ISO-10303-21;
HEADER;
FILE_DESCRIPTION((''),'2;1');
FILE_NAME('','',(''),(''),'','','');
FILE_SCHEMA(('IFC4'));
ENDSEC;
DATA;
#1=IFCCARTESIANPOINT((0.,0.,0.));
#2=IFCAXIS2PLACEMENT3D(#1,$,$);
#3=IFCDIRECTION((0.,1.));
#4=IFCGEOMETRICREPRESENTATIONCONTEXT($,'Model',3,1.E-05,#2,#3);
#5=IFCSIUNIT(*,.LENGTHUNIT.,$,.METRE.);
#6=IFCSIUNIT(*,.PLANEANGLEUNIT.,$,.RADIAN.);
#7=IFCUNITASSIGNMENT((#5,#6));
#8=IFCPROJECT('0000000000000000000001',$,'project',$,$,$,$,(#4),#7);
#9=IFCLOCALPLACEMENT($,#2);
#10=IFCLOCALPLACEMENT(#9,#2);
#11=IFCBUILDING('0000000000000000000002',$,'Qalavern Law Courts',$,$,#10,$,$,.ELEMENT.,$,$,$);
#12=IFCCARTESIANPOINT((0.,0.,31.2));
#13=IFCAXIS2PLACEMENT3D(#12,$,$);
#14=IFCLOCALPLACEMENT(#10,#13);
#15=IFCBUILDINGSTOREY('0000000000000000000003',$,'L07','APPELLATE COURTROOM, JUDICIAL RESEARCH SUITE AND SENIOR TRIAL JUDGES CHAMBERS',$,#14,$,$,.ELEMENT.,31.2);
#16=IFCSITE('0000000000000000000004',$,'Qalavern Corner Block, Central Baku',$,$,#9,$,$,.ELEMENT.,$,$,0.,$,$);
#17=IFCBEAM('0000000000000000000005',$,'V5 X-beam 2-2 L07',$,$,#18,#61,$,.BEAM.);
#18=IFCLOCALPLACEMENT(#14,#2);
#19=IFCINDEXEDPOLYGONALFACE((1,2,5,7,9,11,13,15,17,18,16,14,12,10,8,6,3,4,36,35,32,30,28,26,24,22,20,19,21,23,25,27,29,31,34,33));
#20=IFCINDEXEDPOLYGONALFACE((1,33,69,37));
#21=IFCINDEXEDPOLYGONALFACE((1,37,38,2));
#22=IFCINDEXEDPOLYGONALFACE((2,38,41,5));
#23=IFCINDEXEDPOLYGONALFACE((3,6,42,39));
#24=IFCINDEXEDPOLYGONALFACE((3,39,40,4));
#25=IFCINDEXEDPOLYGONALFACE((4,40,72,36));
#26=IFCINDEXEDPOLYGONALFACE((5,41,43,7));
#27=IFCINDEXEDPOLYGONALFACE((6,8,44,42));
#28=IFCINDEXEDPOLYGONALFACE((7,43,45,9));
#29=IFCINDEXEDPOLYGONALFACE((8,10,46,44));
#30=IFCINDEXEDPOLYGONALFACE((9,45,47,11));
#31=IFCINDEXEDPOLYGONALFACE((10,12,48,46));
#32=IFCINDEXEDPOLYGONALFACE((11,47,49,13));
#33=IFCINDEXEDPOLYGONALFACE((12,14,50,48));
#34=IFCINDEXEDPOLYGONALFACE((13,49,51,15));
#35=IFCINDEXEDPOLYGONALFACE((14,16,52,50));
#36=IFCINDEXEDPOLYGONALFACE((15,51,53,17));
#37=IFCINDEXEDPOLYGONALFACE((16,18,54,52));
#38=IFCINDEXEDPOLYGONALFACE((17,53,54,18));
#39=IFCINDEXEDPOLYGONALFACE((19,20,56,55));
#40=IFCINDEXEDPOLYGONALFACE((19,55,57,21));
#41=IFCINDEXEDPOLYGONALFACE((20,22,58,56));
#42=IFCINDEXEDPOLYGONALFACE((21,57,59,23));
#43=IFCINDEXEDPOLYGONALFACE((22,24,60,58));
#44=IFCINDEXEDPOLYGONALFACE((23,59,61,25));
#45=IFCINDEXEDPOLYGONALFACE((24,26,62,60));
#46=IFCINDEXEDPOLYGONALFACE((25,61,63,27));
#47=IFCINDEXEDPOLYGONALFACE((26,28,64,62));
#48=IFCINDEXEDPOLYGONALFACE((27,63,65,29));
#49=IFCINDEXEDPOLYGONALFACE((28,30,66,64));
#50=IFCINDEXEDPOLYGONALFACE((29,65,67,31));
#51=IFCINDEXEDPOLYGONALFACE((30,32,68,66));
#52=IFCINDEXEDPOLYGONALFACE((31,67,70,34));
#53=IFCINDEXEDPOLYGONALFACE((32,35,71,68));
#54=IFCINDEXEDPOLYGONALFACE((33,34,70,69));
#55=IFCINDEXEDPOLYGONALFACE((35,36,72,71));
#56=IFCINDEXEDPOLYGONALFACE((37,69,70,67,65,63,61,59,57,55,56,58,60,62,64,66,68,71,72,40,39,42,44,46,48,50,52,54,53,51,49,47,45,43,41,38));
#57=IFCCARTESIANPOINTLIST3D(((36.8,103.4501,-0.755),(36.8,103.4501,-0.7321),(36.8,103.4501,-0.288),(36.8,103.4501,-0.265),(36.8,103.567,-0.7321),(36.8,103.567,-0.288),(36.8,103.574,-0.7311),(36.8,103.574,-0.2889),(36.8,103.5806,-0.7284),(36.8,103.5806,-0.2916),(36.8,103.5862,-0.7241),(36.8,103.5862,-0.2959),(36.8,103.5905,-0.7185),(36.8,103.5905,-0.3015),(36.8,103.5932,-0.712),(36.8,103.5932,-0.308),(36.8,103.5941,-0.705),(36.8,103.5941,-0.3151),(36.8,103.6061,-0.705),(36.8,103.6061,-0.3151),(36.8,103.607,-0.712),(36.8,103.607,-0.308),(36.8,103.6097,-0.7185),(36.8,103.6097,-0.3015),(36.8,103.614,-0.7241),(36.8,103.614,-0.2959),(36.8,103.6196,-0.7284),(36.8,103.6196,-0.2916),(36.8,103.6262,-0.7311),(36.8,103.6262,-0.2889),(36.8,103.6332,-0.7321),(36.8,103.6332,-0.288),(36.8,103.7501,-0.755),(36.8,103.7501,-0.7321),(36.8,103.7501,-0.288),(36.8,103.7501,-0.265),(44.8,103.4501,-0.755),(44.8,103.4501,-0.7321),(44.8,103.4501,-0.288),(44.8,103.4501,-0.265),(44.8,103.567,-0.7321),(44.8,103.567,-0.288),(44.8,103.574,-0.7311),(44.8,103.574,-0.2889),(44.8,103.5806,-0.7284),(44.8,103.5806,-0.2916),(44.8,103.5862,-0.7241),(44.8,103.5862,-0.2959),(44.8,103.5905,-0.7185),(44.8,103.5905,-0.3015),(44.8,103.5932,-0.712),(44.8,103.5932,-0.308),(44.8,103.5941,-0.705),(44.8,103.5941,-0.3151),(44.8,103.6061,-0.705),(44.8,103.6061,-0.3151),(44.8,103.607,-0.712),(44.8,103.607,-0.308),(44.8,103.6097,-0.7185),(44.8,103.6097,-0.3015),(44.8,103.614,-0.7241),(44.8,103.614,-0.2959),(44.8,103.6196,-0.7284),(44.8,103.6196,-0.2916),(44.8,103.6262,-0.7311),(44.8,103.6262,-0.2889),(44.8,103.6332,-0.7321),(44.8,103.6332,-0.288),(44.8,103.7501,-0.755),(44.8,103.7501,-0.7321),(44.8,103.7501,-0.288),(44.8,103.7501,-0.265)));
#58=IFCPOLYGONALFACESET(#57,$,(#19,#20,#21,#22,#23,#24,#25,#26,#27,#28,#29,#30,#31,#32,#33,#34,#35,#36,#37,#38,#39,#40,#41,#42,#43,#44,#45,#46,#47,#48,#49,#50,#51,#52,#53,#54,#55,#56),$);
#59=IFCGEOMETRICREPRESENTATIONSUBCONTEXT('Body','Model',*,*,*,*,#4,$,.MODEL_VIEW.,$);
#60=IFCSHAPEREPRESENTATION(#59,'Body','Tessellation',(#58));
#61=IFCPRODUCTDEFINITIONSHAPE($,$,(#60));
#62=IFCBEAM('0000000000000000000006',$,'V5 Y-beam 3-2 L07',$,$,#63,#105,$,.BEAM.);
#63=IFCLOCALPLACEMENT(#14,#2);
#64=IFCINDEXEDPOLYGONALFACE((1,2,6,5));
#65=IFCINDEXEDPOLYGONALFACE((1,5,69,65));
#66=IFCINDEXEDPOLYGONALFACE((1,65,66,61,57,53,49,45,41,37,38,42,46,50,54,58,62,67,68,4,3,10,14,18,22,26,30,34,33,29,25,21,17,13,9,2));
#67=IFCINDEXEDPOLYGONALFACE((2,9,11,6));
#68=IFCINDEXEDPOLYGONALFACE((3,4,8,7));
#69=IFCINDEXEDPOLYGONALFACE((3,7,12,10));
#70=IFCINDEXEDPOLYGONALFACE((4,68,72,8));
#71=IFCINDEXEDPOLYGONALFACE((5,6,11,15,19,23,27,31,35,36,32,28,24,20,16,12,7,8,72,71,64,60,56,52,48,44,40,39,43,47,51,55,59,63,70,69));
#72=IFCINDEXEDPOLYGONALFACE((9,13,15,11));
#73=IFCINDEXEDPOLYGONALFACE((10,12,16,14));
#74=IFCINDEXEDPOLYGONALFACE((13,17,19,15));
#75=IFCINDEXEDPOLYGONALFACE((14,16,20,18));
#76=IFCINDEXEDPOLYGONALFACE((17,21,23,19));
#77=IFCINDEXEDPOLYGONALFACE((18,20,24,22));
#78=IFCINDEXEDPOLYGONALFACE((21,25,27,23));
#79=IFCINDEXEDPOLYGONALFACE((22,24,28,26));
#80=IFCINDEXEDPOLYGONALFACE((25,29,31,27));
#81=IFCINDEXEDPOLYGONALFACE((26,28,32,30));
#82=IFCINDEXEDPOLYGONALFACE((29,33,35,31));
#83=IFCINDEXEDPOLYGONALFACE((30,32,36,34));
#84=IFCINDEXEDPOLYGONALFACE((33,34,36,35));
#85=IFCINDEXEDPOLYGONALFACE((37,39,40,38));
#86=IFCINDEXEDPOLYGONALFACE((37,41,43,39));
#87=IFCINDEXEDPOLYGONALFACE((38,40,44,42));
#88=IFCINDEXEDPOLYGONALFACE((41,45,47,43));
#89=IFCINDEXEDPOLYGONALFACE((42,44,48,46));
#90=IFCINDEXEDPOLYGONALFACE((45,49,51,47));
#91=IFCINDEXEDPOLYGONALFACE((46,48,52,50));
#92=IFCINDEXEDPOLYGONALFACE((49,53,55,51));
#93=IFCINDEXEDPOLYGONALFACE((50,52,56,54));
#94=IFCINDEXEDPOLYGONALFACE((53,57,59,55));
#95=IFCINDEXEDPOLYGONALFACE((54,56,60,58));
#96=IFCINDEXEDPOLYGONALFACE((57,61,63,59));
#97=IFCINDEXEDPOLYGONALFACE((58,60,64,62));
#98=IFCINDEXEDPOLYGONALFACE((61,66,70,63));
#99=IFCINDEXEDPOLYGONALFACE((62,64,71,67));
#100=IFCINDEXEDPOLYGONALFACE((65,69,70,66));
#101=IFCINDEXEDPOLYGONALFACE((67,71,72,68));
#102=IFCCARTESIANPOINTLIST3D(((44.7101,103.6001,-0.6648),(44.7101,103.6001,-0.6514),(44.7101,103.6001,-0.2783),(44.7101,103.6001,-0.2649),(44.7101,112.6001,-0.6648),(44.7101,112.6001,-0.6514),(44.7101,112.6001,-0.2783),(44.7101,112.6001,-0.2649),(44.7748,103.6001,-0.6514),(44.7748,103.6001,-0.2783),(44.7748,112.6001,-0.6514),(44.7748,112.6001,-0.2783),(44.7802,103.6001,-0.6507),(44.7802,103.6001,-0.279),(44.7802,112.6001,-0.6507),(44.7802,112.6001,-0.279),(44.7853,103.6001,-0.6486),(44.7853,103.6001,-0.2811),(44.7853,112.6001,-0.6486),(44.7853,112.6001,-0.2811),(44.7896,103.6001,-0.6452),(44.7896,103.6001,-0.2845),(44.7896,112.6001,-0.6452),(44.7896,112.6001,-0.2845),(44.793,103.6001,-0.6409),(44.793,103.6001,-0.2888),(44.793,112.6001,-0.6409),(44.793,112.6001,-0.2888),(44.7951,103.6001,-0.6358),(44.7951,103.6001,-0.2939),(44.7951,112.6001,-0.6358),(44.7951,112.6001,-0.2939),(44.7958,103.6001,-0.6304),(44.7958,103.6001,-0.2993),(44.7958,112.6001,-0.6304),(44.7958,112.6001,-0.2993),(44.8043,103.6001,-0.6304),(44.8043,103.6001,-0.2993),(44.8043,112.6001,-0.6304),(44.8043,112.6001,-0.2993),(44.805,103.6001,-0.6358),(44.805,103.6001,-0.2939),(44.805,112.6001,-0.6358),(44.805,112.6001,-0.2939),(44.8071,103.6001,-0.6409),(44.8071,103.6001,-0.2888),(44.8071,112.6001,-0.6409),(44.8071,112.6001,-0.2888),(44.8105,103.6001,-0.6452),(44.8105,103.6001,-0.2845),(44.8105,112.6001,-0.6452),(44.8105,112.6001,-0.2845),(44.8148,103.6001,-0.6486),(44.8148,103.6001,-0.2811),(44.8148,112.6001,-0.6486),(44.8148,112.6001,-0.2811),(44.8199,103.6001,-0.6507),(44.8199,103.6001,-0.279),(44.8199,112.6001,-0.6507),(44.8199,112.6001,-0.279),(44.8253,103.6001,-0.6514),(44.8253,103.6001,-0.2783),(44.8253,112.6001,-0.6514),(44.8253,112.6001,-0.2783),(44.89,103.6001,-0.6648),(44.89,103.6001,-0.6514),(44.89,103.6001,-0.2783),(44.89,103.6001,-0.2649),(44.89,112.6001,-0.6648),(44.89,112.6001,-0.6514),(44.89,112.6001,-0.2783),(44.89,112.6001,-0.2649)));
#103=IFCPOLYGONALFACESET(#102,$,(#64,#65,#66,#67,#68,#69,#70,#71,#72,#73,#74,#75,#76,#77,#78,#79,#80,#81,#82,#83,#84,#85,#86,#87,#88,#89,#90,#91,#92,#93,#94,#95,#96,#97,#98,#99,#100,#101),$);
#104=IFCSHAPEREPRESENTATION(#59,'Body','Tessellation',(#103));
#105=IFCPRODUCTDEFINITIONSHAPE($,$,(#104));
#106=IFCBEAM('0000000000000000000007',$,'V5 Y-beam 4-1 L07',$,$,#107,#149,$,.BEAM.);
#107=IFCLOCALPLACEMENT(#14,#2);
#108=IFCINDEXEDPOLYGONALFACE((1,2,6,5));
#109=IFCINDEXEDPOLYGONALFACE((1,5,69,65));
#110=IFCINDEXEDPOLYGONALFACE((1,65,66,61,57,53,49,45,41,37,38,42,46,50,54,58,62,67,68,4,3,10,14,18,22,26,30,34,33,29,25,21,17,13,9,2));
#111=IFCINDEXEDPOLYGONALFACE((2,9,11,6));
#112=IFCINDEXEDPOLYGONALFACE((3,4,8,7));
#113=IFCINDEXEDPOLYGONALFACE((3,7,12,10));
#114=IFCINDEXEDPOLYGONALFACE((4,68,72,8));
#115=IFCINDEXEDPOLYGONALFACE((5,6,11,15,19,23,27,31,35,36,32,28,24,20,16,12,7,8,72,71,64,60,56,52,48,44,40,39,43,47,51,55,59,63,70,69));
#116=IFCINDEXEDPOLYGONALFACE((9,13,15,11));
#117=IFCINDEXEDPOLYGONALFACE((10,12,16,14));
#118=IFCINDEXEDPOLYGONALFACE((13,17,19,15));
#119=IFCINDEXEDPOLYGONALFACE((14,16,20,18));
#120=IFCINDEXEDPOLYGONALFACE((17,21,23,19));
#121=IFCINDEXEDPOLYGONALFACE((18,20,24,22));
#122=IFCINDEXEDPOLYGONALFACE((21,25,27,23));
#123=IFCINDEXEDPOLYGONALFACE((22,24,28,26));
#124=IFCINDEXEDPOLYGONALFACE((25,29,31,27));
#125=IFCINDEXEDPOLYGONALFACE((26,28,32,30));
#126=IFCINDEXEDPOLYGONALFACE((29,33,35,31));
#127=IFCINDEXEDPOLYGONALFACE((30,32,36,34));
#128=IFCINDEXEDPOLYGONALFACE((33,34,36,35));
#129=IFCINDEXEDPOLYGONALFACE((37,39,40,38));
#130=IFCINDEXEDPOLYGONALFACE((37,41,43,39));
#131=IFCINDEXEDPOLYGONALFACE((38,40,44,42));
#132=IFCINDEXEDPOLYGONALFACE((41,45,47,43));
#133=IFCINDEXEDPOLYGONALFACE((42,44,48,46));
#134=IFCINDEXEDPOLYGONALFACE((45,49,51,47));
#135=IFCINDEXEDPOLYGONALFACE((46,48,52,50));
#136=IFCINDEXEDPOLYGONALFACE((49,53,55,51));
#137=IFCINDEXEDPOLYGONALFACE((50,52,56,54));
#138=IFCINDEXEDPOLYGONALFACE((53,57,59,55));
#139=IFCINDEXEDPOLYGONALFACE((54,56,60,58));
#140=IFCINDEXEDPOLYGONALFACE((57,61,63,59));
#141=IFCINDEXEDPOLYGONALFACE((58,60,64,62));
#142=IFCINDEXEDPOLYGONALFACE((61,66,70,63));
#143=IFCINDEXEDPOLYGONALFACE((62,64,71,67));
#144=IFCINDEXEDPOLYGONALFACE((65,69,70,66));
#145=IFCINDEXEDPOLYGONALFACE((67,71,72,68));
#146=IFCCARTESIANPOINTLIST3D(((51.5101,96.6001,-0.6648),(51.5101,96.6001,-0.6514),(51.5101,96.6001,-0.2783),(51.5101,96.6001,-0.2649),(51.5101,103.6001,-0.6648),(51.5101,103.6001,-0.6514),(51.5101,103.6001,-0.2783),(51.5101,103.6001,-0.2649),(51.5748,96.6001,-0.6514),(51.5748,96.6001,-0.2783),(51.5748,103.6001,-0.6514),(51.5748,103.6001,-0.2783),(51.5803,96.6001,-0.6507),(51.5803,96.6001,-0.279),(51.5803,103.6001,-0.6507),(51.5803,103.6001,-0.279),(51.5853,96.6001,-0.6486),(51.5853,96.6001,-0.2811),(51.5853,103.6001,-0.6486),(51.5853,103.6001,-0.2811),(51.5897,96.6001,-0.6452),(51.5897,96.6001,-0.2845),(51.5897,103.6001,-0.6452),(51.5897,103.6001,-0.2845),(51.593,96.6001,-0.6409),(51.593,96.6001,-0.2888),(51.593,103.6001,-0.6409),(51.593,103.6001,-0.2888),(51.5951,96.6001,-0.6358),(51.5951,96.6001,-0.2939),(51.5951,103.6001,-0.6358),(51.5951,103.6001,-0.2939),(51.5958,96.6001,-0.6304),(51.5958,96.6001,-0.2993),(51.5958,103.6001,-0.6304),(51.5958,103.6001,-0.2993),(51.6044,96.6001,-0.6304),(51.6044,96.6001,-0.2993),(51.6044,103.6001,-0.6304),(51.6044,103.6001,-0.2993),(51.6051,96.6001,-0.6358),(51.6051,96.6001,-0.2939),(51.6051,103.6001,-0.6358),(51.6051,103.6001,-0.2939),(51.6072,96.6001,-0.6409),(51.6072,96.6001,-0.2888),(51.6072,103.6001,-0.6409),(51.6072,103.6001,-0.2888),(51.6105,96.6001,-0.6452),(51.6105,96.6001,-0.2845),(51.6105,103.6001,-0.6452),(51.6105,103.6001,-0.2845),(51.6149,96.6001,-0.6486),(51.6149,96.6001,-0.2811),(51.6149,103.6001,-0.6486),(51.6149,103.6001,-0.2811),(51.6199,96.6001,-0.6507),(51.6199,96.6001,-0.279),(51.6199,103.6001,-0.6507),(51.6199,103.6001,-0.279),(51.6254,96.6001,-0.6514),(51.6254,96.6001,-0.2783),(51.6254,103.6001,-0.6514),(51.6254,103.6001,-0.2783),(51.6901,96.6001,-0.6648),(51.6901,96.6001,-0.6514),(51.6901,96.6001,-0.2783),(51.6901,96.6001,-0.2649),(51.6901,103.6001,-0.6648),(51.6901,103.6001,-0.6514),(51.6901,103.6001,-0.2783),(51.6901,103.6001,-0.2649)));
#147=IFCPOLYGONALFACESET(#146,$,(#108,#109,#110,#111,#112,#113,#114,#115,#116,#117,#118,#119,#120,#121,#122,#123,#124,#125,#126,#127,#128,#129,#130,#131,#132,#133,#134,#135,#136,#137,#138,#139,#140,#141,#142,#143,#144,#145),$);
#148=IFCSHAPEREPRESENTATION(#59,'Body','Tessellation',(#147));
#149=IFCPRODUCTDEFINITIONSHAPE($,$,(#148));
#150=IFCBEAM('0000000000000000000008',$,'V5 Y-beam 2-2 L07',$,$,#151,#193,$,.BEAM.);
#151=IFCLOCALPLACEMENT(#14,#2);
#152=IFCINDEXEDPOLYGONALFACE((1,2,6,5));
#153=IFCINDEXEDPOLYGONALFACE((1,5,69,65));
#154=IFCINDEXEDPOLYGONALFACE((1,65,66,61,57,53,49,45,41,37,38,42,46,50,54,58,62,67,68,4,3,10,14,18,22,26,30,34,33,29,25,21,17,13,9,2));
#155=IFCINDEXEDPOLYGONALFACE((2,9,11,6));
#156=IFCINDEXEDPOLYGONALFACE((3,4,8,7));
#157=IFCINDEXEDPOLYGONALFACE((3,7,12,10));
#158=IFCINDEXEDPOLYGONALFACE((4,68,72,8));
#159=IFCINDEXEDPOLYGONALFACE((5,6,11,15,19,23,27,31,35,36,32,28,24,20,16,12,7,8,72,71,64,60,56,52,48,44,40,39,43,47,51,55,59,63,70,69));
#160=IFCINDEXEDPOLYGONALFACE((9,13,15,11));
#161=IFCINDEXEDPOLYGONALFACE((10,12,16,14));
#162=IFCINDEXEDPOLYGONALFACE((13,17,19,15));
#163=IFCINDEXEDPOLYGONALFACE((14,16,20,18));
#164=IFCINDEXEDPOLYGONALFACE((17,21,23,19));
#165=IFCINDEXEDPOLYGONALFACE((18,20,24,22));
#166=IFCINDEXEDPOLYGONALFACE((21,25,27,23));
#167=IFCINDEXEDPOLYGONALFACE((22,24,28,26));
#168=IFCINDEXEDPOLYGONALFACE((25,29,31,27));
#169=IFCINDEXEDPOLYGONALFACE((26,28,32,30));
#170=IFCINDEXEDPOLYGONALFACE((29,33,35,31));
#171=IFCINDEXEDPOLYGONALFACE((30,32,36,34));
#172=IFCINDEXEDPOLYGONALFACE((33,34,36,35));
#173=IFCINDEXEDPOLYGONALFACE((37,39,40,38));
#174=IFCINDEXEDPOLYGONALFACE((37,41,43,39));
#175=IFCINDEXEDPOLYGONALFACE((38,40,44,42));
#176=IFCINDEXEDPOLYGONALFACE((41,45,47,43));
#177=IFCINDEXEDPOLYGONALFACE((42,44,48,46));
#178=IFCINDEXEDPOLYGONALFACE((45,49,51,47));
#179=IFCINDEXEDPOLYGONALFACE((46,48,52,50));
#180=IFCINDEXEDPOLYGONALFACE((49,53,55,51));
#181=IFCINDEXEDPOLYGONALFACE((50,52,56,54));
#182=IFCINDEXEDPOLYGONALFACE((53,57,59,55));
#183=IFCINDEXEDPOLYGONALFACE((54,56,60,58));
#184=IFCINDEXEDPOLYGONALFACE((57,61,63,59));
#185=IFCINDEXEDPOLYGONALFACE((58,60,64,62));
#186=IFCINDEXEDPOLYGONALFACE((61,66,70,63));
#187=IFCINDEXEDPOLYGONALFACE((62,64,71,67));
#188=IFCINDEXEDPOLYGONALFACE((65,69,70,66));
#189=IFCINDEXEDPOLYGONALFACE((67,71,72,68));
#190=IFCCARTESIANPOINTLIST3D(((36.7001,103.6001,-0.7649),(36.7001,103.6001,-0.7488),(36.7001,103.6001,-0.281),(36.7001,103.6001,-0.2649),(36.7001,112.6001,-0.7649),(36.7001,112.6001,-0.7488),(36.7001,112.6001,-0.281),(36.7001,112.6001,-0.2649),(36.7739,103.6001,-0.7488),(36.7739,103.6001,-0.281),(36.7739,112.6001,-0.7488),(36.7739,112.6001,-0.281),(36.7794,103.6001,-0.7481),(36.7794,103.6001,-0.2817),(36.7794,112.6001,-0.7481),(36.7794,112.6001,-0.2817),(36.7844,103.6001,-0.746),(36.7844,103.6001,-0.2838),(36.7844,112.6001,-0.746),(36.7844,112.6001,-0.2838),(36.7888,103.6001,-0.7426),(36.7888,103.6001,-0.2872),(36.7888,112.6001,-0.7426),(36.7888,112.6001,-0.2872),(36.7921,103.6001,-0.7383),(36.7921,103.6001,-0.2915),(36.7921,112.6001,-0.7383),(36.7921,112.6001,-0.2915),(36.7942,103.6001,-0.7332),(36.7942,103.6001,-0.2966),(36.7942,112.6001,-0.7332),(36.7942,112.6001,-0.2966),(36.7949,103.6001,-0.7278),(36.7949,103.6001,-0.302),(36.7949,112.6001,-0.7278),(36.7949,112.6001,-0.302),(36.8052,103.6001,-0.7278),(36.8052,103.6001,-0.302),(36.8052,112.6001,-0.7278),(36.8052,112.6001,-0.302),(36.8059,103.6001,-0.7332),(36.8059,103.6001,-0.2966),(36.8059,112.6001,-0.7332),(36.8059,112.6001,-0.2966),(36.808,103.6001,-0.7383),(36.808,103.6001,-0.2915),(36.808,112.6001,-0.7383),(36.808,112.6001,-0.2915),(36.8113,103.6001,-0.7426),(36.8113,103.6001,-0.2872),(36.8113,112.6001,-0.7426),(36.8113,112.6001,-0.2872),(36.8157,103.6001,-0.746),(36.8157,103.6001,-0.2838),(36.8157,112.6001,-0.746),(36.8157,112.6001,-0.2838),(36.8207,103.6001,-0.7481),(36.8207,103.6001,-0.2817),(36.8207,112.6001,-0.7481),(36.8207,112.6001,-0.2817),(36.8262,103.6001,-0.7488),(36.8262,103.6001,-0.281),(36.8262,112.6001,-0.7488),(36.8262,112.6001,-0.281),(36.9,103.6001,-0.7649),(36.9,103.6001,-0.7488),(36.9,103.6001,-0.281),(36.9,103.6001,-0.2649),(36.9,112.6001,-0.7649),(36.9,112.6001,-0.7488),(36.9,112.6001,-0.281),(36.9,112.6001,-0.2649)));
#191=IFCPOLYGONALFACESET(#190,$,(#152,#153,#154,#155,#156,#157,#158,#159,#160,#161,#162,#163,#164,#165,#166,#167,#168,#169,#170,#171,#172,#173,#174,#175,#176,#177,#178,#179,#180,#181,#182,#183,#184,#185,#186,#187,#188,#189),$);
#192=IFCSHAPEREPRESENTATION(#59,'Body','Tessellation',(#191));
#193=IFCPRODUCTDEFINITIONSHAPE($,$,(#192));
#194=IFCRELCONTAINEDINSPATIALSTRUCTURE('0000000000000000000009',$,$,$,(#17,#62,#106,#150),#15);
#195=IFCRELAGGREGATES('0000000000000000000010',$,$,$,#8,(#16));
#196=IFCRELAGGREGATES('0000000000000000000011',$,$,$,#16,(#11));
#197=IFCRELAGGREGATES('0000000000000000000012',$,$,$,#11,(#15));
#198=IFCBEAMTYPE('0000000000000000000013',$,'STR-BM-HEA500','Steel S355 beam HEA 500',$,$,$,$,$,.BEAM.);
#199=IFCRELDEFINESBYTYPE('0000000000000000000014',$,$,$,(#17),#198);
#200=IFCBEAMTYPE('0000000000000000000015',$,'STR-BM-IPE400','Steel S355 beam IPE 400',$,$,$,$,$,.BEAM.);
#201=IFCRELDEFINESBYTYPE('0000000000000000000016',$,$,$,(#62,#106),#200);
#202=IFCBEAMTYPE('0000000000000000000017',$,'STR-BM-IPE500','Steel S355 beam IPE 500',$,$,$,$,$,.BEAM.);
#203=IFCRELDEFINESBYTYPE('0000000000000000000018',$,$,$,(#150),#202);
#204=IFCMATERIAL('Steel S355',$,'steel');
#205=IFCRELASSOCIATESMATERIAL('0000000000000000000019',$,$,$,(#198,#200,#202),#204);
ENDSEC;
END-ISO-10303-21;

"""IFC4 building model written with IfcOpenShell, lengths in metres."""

from ifc_helpers import new_model, si_unit, direction, frame, origin, origin_2d, place, context, subcontext, project, spatial, i_section, extrude, material, material_profile, profile_set, type_object, element, save


model = new_model("IFC4")

# Units and contexts
model_context = context("Model", 3, precision=1e-05, world=origin(), true_north=direction((0.0, 1.0)))
body_context = subcontext(model_context, "Body", "Model", "MODEL_VIEW")
ifc_project = project(units=[si_unit("LENGTHUNIT", "METRE"), si_unit("PLANEANGLEUNIT", "RADIAN")], contexts=[model_context])

# Site, building, storey
site_placement = place(None, origin())
site = spatial("IfcSite", under=ifc_project, at=site_placement, Name="Qalavern Corner Block, Central Baku", CompositionType="ELEMENT", RefElevation=0.0)
building_placement = place(site_placement, origin())
building = spatial("IfcBuilding", under=site, at=building_placement, Name="Qalavern Law Courts", CompositionType="ELEMENT")
storey_placement = place(building_placement, frame((0.0, 0.0, 31.2)))
storey = spatial("IfcBuildingStorey", under=building, at=storey_placement, Name="L07", Description="APPELLATE COURTROOM, JUDICIAL RESEARCH SUITE AND SENIOR TRIAL JUDGES CHAMBERS", CompositionType="ELEMENT", Elevation=31.2)

# Beams
ifc_material_1 = material(Name="Steel S355", Category="steel")
ifc_material_profile_1 = material_profile(ifc_material_1, i_section(OverallWidth=0.3, OverallDepth=0.49, WebThickness=0.012, FlangeThickness=0.0229, FilletRadius=0.0271, at=origin_2d()), Name="HEA 500")
ifc_profile_set_1 = profile_set([ifc_material_profile_1], Name="Steel S355")
beam_type_1 = type_object("IfcBeamType", Name="STR-BM-HEA500", Description="Steel S355 beam HEA 500", PredefinedType="BEAM", material=ifc_profile_set_1)
beam_1_placement = place(storey_placement, frame((36.8, 103.6001, -0.51), z_axis=(1.0, 0.0, 0.0), x_axis=(0.0, 1.0, 0.0)))
element("IfcBeam", 1, at=beam_1_placement, inside=storey, type_object=beam_type_1, Name="V5 X-beam 2-2 L07", PredefinedType="BEAM", context=body_context, shape_type="SweptSolid", body=[
    extrude(i_section(OverallWidth=0.3, OverallDepth=0.49, WebThickness=0.012, FlangeThickness=0.0229, FilletRadius=0.0271, at=origin_2d()), origin(), (0.0, 0.0, 1.0), 8.0),
])
ifc_material_profile_2 = material_profile(ifc_material_1, i_section(OverallWidth=0.1799, OverallDepth=0.3999, WebThickness=0.0085, FlangeThickness=0.0134, FilletRadius=0.021, at=origin_2d()), Name="IPE 400")
ifc_profile_set_2 = profile_set([ifc_material_profile_2], Name="Steel S355")
beam_type_2 = type_object("IfcBeamType", Name="STR-BM-IPE400", Description="Steel S355 beam IPE 400", PredefinedType="BEAM", material=ifc_profile_set_2)
beam_2_placement = place(storey_placement, frame((44.8, 103.6001, -0.4648), z_axis=(0.0, 1.0, 0.0), x_axis=(-1.0, 0.0, 0.0)))
element("IfcBeam", 2, at=beam_2_placement, inside=storey, type_object=beam_type_2, Name="V5 Y-beam 3-2 L07", PredefinedType="BEAM", context=body_context, shape_type="SweptSolid", body=[
    extrude(i_section(OverallWidth=0.1799, OverallDepth=0.3999, WebThickness=0.0085, FlangeThickness=0.0134, FilletRadius=0.021, at=origin_2d()), origin(), (0.0, 0.0, 1.0), 9.0),
])
beam_3_placement = place(storey_placement, frame((51.6001, 96.6001, -0.4648), z_axis=(0.0, 1.0, 0.0), x_axis=(-1.0, 0.0, 0.0)))
element("IfcBeam", 3, at=beam_3_placement, inside=storey, type_object=beam_type_2, Name="V5 Y-beam 4-1 L07", PredefinedType="BEAM", context=body_context, shape_type="SweptSolid", body=[
    extrude(i_section(OverallWidth=0.1799, OverallDepth=0.3999, WebThickness=0.0085, FlangeThickness=0.0134, FilletRadius=0.021, at=origin_2d()), origin(), (0.0, 0.0, 1.0), 7.0),
])
ifc_material_profile_3 = material_profile(ifc_material_1, i_section(OverallWidth=0.2, OverallDepth=0.5, WebThickness=0.0103, FlangeThickness=0.0161, FilletRadius=0.021, at=origin_2d()), Name="IPE 500")
ifc_profile_set_3 = profile_set([ifc_material_profile_3], Name="Steel S355")
beam_type_3 = type_object("IfcBeamType", Name="STR-BM-IPE500", Description="Steel S355 beam IPE 500", PredefinedType="BEAM", material=ifc_profile_set_3)
beam_4_placement = place(storey_placement, frame((36.8, 103.6001, -0.5149), z_axis=(0.0, 1.0, 0.0), x_axis=(-1.0, 0.0, 0.0)))
element("IfcBeam", 4, at=beam_4_placement, inside=storey, type_object=beam_type_3, Name="V5 Y-beam 2-2 L07", PredefinedType="BEAM", context=body_context, shape_type="SweptSolid", body=[
    extrude(i_section(OverallWidth=0.2, OverallDepth=0.5, WebThickness=0.0103, FlangeThickness=0.0161, FilletRadius=0.021, at=origin_2d()), origin(), (0.0, 0.0, 1.0), 9.0),
])

save(model, "model.ifc")
